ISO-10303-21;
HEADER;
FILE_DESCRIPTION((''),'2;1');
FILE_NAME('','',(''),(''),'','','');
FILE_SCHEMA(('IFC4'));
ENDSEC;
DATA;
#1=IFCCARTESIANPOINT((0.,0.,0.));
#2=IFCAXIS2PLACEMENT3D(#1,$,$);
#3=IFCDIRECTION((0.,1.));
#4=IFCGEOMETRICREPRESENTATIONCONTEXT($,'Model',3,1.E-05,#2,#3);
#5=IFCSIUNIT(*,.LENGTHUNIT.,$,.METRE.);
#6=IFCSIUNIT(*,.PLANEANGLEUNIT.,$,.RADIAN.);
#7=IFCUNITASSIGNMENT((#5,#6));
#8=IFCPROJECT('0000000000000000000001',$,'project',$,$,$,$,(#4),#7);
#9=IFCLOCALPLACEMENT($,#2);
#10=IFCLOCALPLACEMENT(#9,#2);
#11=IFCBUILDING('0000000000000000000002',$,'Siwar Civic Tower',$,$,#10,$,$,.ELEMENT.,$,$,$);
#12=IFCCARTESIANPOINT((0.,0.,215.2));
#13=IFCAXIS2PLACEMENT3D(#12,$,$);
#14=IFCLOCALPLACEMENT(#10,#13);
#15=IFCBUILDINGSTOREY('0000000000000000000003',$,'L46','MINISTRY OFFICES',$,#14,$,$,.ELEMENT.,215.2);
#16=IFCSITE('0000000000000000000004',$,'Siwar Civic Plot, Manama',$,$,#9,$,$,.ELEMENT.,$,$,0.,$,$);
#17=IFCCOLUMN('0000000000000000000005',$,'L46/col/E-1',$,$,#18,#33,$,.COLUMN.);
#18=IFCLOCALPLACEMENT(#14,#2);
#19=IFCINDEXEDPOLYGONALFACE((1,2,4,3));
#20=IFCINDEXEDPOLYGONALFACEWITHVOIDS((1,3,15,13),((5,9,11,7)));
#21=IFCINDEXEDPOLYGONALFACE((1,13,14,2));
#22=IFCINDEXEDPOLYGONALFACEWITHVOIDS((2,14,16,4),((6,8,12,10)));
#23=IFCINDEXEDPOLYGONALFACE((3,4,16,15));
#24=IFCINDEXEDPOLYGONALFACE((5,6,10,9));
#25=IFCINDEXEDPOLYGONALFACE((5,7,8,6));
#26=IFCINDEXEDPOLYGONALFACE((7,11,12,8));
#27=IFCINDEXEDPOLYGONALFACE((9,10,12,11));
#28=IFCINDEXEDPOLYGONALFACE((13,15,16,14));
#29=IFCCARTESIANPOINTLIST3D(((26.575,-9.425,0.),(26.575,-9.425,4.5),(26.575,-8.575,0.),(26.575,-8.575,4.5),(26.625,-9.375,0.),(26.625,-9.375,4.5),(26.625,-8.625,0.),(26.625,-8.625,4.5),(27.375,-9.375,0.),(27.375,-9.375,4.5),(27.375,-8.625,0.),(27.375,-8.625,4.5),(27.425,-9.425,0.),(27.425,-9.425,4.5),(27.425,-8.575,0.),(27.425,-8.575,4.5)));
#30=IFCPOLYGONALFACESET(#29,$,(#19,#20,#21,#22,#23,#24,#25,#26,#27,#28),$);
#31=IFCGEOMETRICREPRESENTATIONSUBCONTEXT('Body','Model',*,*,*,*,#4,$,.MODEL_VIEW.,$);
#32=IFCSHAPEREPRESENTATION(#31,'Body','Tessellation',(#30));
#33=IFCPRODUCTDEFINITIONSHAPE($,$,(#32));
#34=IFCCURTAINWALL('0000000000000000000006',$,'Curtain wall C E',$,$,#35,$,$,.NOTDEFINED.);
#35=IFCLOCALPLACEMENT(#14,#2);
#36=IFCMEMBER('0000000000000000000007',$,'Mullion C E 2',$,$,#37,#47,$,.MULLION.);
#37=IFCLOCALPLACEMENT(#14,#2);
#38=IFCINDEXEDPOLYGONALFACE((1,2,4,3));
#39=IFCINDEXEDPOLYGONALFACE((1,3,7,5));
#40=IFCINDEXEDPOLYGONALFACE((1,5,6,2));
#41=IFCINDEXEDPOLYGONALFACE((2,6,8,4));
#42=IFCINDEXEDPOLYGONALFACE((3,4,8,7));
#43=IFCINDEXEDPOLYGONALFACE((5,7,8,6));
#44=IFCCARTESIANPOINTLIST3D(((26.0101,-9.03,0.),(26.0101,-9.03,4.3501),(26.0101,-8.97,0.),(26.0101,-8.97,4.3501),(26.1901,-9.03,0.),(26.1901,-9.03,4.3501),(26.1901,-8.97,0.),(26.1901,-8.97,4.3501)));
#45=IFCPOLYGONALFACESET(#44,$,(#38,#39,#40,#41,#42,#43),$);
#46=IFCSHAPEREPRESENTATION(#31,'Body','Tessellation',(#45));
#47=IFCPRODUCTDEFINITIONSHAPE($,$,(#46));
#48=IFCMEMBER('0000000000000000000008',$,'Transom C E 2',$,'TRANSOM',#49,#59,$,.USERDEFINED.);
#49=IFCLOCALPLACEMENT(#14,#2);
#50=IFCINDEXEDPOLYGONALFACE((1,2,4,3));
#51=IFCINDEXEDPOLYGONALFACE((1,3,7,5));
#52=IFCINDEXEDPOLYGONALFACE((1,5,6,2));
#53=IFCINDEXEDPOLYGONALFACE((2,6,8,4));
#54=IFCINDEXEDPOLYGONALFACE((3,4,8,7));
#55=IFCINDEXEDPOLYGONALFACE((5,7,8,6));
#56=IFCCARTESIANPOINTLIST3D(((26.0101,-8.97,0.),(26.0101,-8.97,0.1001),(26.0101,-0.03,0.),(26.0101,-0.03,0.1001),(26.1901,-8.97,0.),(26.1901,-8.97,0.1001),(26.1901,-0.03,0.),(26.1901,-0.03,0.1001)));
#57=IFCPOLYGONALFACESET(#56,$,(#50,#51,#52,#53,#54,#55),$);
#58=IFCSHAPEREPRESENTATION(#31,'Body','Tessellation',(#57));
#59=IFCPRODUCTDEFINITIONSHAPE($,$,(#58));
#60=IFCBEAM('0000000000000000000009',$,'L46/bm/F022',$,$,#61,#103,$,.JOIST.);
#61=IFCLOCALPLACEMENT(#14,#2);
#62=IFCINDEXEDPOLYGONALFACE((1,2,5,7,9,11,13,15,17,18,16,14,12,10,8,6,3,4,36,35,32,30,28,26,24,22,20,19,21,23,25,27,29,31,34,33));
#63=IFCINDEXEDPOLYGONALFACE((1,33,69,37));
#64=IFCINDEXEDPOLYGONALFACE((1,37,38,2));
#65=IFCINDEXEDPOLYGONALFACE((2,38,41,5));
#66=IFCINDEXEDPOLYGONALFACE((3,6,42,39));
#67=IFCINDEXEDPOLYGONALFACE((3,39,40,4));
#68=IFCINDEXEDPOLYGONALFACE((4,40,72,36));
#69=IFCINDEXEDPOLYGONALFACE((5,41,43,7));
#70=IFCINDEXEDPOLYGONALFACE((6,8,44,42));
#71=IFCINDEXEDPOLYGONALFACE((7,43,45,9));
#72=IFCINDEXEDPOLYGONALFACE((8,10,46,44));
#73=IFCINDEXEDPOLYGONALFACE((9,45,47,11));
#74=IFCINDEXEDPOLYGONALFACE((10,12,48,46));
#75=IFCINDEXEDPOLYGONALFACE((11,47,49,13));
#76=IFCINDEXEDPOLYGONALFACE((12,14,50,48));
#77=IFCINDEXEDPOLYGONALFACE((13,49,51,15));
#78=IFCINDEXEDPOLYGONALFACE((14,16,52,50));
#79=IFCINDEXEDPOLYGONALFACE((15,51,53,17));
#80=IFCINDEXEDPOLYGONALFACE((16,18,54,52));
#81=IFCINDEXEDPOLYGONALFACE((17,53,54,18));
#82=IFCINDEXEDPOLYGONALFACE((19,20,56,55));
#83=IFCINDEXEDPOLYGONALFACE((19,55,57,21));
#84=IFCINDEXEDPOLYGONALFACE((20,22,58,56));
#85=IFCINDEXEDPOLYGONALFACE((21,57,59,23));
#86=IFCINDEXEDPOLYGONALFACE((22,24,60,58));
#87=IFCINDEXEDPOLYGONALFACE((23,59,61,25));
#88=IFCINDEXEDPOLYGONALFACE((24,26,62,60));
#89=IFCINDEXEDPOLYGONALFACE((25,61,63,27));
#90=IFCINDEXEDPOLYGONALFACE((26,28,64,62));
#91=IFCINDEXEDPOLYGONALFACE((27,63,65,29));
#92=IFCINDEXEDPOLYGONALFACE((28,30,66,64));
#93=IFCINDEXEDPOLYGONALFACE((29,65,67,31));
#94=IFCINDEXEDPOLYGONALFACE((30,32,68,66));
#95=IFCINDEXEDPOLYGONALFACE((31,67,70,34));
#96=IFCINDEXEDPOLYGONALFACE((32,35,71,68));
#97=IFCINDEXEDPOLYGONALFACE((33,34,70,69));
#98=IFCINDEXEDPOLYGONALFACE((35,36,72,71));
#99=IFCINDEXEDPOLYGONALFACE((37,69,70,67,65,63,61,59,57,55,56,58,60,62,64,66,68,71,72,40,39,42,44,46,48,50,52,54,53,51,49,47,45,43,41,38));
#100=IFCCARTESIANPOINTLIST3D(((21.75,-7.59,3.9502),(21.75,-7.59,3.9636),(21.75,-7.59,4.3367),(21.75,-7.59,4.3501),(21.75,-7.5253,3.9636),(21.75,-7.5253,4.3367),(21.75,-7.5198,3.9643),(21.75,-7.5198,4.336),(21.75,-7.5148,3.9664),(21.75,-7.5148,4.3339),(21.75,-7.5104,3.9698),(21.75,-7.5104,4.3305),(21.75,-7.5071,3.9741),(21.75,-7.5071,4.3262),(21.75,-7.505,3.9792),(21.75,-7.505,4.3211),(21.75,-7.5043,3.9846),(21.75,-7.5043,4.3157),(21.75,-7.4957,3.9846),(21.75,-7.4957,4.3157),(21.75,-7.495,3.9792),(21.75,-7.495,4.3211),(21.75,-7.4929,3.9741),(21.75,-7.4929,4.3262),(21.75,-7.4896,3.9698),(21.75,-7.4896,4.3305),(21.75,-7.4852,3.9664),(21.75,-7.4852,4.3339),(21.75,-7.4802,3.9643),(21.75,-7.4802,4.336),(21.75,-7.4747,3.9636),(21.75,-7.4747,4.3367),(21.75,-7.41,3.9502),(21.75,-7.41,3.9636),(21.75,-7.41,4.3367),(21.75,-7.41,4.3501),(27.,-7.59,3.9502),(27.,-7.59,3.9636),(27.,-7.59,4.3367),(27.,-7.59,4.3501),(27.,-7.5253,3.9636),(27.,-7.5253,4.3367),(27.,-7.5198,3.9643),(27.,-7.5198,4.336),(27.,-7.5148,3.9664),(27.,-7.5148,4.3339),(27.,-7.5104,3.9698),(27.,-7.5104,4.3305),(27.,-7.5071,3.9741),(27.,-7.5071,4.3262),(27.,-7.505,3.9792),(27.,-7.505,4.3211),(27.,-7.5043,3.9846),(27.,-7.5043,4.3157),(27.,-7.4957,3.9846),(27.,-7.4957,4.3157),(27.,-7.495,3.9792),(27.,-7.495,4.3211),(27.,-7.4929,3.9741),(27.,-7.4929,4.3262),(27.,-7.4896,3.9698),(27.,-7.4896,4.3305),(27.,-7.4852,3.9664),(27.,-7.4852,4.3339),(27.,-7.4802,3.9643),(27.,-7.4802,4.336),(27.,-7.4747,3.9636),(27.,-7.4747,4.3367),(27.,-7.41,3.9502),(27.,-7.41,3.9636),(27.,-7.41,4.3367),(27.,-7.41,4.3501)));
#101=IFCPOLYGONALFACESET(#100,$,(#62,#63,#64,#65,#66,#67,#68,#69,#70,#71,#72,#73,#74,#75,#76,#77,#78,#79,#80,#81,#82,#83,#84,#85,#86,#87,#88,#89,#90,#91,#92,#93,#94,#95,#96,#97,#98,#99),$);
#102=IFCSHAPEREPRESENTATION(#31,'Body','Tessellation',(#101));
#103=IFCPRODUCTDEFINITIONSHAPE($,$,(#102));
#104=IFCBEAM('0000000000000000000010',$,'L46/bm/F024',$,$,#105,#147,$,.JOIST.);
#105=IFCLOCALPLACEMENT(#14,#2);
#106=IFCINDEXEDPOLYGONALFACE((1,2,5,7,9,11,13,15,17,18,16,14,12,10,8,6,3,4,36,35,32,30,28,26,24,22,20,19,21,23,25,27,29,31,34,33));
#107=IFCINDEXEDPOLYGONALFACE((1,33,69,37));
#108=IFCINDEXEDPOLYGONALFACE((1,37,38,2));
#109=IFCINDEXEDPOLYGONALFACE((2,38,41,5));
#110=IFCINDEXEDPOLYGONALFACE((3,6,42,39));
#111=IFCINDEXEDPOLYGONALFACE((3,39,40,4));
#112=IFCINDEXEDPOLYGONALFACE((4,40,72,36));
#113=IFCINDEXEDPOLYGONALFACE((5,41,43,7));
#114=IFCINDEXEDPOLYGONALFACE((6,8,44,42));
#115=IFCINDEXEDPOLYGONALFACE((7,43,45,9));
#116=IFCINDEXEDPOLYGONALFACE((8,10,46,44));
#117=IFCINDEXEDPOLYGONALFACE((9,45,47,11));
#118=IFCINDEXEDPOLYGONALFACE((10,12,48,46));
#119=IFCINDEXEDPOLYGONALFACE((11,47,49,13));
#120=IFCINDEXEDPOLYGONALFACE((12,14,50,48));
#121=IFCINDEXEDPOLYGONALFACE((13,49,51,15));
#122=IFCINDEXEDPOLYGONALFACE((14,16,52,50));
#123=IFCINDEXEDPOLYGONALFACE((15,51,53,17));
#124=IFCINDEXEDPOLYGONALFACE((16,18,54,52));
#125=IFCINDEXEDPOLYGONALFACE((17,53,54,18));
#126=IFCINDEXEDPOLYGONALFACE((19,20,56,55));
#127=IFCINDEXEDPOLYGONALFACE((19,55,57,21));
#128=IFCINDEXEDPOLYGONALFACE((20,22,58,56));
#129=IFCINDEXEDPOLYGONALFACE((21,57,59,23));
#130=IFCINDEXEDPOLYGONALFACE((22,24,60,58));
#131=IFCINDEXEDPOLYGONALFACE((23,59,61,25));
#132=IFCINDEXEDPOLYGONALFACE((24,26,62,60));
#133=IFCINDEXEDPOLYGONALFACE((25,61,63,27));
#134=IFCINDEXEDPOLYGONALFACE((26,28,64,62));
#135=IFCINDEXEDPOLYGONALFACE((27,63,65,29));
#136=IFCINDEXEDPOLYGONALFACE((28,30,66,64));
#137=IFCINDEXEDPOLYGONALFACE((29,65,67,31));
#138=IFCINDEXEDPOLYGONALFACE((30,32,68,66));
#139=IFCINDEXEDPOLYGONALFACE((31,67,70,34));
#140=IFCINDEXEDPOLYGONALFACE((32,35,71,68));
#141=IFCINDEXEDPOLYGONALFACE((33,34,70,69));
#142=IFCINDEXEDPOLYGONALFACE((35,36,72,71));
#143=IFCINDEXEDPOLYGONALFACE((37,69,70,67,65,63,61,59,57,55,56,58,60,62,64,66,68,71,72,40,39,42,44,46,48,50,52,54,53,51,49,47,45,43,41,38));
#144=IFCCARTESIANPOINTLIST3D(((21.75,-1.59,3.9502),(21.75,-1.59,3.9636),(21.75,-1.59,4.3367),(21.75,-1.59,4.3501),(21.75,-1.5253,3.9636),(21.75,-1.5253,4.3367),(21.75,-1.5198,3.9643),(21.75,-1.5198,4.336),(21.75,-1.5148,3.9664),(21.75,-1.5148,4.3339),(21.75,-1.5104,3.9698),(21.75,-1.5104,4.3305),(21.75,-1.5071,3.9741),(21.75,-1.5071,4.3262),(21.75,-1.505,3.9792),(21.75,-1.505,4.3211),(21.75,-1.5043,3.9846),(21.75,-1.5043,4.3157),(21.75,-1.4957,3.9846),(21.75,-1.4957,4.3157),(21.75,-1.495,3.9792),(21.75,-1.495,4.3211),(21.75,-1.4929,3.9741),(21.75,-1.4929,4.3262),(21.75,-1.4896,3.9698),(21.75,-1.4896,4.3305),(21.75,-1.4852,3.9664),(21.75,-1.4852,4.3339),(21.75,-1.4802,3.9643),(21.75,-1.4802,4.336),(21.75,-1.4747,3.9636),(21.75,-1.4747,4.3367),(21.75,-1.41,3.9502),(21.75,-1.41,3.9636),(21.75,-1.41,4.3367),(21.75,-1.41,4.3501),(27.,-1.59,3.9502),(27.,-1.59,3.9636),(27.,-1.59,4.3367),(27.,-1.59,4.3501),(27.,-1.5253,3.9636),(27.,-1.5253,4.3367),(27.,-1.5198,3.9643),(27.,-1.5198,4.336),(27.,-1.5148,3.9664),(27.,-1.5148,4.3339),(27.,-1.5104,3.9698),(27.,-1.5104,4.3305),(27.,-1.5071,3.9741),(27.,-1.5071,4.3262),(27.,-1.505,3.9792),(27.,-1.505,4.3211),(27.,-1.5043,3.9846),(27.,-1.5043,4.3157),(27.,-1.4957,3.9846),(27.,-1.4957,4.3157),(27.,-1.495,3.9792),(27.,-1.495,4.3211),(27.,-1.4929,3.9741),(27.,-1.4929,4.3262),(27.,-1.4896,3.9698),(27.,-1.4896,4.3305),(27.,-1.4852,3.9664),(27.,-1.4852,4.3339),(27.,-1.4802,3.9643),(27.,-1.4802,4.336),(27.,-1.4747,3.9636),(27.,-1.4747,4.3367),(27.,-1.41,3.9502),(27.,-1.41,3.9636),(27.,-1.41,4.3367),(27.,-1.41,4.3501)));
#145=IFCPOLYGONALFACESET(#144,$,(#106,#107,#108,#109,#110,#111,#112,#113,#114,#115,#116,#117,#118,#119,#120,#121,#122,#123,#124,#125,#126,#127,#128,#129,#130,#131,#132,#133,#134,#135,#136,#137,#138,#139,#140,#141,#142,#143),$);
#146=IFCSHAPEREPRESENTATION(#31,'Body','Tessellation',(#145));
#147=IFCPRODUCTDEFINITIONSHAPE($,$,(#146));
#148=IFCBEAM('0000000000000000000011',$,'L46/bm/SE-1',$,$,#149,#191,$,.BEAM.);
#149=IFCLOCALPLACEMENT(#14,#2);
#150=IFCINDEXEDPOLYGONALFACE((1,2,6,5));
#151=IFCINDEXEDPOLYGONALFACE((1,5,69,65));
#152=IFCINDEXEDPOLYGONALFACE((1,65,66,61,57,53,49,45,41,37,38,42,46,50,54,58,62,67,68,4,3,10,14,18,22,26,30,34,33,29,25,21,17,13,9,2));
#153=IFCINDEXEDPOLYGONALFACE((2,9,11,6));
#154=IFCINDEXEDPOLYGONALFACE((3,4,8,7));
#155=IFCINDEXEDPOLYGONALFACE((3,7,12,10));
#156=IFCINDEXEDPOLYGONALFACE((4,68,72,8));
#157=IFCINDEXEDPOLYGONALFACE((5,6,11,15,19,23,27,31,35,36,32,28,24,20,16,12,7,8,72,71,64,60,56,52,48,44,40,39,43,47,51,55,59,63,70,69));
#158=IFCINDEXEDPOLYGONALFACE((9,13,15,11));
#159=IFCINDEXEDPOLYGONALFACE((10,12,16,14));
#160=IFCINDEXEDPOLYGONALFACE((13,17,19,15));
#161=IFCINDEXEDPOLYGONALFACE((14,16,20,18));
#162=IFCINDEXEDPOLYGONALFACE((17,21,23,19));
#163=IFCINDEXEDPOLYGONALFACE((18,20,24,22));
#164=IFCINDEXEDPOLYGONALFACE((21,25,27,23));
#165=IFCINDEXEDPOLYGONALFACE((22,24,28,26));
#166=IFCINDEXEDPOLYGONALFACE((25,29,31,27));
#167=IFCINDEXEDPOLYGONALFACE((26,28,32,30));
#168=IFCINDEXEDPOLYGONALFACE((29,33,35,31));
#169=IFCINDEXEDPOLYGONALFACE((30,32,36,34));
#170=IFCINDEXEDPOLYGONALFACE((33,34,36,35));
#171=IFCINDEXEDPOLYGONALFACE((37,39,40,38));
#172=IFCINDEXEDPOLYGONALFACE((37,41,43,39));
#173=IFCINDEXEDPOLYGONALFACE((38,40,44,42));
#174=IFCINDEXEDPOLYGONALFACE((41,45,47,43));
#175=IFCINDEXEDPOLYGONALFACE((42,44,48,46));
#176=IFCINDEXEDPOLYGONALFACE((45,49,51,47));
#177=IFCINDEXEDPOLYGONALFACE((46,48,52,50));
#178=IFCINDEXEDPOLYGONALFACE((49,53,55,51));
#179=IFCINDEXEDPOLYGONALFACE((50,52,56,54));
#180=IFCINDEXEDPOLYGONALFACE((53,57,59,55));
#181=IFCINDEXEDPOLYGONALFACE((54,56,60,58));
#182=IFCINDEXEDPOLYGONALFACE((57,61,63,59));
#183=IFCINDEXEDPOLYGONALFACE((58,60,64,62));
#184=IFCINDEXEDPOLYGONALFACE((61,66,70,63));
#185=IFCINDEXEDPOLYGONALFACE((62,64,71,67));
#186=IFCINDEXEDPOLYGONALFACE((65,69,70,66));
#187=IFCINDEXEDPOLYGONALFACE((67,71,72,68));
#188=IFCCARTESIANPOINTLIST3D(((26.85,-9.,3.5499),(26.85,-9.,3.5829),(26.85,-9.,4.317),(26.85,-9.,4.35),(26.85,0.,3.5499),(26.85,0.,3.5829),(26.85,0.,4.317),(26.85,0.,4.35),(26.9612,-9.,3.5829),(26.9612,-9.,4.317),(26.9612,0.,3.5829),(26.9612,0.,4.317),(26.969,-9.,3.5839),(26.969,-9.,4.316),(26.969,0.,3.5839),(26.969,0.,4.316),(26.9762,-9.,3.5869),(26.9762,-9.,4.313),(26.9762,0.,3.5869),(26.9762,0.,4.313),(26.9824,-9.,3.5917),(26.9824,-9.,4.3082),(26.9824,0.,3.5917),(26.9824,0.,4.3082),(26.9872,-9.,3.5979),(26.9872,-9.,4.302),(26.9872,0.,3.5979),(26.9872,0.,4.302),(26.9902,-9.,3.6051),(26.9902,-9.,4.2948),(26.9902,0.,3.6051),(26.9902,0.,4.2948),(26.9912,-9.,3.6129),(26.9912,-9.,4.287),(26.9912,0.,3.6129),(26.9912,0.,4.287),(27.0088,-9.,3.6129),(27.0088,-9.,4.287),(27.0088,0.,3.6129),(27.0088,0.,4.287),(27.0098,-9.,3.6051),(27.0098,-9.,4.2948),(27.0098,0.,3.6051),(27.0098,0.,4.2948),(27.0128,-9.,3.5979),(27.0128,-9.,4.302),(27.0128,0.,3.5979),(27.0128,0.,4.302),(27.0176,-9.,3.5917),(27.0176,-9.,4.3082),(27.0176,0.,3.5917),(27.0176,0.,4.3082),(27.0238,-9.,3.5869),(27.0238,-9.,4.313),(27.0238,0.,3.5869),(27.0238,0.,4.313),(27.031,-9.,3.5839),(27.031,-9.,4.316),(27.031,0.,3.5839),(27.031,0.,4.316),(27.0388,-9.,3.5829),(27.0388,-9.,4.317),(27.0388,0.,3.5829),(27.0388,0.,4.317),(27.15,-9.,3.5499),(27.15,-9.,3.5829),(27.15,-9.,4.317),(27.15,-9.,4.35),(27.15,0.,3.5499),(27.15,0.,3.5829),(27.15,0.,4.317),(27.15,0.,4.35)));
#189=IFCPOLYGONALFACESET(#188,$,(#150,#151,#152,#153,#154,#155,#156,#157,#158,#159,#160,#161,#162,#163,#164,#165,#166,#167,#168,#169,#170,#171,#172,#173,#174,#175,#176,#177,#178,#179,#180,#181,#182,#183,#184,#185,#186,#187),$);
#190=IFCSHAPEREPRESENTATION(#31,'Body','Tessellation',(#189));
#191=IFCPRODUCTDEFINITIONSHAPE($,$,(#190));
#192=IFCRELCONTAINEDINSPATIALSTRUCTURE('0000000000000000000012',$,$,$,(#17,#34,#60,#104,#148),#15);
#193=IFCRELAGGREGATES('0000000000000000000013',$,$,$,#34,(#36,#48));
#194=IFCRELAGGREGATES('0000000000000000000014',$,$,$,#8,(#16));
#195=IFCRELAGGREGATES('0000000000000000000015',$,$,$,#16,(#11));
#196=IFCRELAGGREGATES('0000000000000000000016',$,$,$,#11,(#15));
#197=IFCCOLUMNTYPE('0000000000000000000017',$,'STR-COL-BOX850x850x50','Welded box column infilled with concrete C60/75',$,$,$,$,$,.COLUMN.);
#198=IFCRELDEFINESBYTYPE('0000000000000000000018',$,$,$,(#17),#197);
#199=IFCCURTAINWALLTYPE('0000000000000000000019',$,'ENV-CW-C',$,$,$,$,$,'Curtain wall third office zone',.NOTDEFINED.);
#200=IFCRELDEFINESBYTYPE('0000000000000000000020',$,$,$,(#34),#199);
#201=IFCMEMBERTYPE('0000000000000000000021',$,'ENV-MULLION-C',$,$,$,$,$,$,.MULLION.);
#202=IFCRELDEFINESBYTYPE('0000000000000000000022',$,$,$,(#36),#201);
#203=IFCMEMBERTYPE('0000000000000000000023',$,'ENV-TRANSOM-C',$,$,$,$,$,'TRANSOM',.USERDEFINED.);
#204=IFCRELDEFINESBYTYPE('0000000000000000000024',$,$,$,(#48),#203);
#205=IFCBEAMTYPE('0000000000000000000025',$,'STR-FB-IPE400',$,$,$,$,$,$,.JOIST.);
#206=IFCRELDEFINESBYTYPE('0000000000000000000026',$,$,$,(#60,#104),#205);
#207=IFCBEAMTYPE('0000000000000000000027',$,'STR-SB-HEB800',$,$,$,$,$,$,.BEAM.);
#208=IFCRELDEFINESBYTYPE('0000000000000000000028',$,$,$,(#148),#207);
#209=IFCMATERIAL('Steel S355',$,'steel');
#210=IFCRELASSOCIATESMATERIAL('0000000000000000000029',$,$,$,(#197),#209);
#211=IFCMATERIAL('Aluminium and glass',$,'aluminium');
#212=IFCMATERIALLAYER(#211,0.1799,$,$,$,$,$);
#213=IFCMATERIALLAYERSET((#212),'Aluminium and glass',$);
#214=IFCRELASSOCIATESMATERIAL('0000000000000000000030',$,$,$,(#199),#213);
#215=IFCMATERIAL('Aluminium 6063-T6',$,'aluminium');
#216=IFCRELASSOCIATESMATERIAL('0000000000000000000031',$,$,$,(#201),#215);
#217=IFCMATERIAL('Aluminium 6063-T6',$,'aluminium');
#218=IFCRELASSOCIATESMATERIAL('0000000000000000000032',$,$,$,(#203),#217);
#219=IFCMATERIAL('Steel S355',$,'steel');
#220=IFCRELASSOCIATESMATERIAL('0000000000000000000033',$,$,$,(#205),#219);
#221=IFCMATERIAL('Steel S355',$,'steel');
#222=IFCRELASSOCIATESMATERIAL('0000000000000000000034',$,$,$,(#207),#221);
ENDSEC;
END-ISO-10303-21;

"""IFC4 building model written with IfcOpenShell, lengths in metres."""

from ifc_helpers import new_model, si_unit, direction, frame, origin, origin_2d, place, context, subcontext, project, spatial, rectangle, hollow_rectangle, i_section, extrude, material, layer, layer_set, material_profile, profile_set, type_object, element, aggregate, save


model = new_model("IFC4")

# Units and contexts
model_context = context("Model", 3, precision=1e-05, world=origin(), true_north=direction((0.0, 1.0)))
body_context = subcontext(model_context, "Body", "Model", "MODEL_VIEW")
ifc_project = project(units=[si_unit("LENGTHUNIT", "METRE"), si_unit("PLANEANGLEUNIT", "RADIAN")], contexts=[model_context])

# Site, building, storey
site_placement = place(None, origin())
site = spatial("IfcSite", under=ifc_project, at=site_placement, Name="Siwar Civic Plot, Manama", CompositionType="ELEMENT", RefElevation=0.0)
building_placement = place(site_placement, origin())
building = spatial("IfcBuilding", under=site, at=building_placement, Name="Siwar Civic Tower", CompositionType="ELEMENT")
storey_placement = place(building_placement, frame((0.0, 0.0, 215.2)))
storey = spatial("IfcBuildingStorey", under=building, at=storey_placement, Name="L46", Description="MINISTRY OFFICES", CompositionType="ELEMENT", Elevation=215.2)

# Column
ifc_material_1 = material(Name="Steel S355", Category="steel")
ifc_material_profile_1 = material_profile(ifc_material_1, hollow_rectangle(XDim=0.8501, YDim=0.8501, WallThickness=0.05, at=origin_2d()), Name="BOX850x850x50")
ifc_profile_set_1 = profile_set([ifc_material_profile_1], Name="Steel S355")
column_type = type_object("IfcColumnType", Name="STR-COL-BOX850x850x50", Description="Welded box column infilled with concrete C60/75", PredefinedType="COLUMN", material=ifc_profile_set_1)
column_placement = place(storey_placement, frame((27.0, -9.0, 0.0), z_axis=(0.0, 0.0, 1.0), x_axis=(1.0, 0.0, 0.0)))
element("IfcColumn", 1, at=column_placement, inside=storey, type_object=column_type, Name="L46/col/E-1", PredefinedType="COLUMN", context=body_context, shape_type="SweptSolid", body=[
    extrude(hollow_rectangle(XDim=0.8501, YDim=0.8501, WallThickness=0.05, at=origin_2d()), origin(), (0.0, 0.0, 1.0), 4.5),
])

# Curtain wall, members
ifc_material_2 = material(Name="Aluminium and glass", Category="aluminium")
ifc_layer_1 = layer(ifc_material_2, 0.1799)
ifc_layer_set_1 = layer_set([ifc_layer_1], Name="Aluminium and glass")
curtain_wall_type = type_object("IfcCurtainWallType", Name="ENV-CW-C", ElementType="Curtain wall third office zone", PredefinedType="NOTDEFINED", material=ifc_layer_set_1)
curtain_wall_placement = place(storey_placement, origin())
curtain_wall = element("IfcCurtainWall", 2, at=curtain_wall_placement, inside=storey, type_object=curtain_wall_type, Name="Curtain wall C E", PredefinedType="NOTDEFINED")
ifc_material_3 = material(Name="Aluminium 6063-T6", Category="aluminium")
ifc_material_profile_2 = material_profile(ifc_material_3, rectangle(XDim=0.1799, YDim=0.0601, at=origin_2d()), Name="AL 180x60")
ifc_profile_set_2 = profile_set([ifc_material_profile_2], Name="Aluminium 6063-T6")
member_type_1 = type_object("IfcMemberType", Name="ENV-MULLION-C", PredefinedType="MULLION", material=ifc_profile_set_2)
member_1_placement = place(storey_placement, frame((26.1001, -9.0, 0.0), z_axis=(0.0, 0.0, 1.0), x_axis=(-1.0, 0.0, 0.0)))
member_1 = element("IfcMember", 3, at=member_1_placement, type_object=member_type_1, Name="Mullion C E 2", PredefinedType="MULLION", context=body_context, shape_type="SweptSolid", body=[
    extrude(rectangle(XDim=0.1799, YDim=0.0601, at=origin_2d()), origin(), (0.0, 0.0, 1.0), 4.3501),
])
ifc_material_4 = material(Name="Aluminium 6063-T6", Category="aluminium")
ifc_material_profile_3 = material_profile(ifc_material_4, rectangle(XDim=0.1799, YDim=0.1001, at=origin_2d()), Name="AL 180x100")
ifc_profile_set_3 = profile_set([ifc_material_profile_3], Name="Aluminium 6063-T6")
member_type_2 = type_object("IfcMemberType", Name="ENV-TRANSOM-C", ElementType="TRANSOM", PredefinedType="USERDEFINED", material=ifc_profile_set_3)
member_2_placement = place(storey_placement, frame((26.1001, -8.97, 0.05), z_axis=(0.0, 1.0, 0.0), x_axis=(-1.0, 0.0, 0.0)))
member_2 = element("IfcMember", 4, at=member_2_placement, type_object=member_type_2, Name="Transom C E 2", ObjectType="TRANSOM", PredefinedType="USERDEFINED", context=body_context, shape_type="SweptSolid", body=[
    extrude(rectangle(XDim=0.1799, YDim=0.1001, at=origin_2d()), origin(), (0.0, 0.0, 1.0), 8.9399),
])

# Beams
ifc_material_5 = material(Name="Steel S355", Category="steel")
ifc_material_profile_4 = material_profile(ifc_material_5, i_section(OverallWidth=0.1799, OverallDepth=0.3999, WebThickness=0.0085, FlangeThickness=0.0134, FilletRadius=0.021, at=origin_2d()), Name="IPE400")
ifc_profile_set_4 = profile_set([ifc_material_profile_4], Name="Steel S355")
beam_type_1 = type_object("IfcBeamType", Name="STR-FB-IPE400", PredefinedType="JOIST", material=ifc_profile_set_4)
for number, where, z_axis, x_axis, name in (
    (5, (21.75, -7.5, 4.1501), (1.0, 0.0, 0.0), (0.0, 1.0, 0.0), "L46/bm/F022"),
    (6, (21.75, -1.5, 4.1501), (1.0, 0.0, 0.0), (0.0, 1.0, 0.0), "L46/bm/F024"),
):
    element("IfcBeam", number, at=place(storey_placement, frame(where, z_axis=z_axis, x_axis=x_axis)), inside=storey, type_object=beam_type_1, Name=name, PredefinedType="JOIST", context=body_context, shape_type="SweptSolid", body=[
        extrude(i_section(OverallWidth=0.1799, OverallDepth=0.3999, WebThickness=0.0085, FlangeThickness=0.0134, FilletRadius=0.021, at=origin_2d()), origin(), (0.0, 0.0, 1.0), 5.25),
    ])
ifc_material_6 = material(Name="Steel S355", Category="steel")
ifc_material_profile_5 = material_profile(ifc_material_6, i_section(OverallWidth=0.3, OverallDepth=0.8, WebThickness=0.0176, FlangeThickness=0.033, FilletRadius=0.03, at=origin_2d()), Name="HEB800")
ifc_profile_set_5 = profile_set([ifc_material_profile_5], Name="Steel S355")
beam_type_2 = type_object("IfcBeamType", Name="STR-SB-HEB800", PredefinedType="BEAM", material=ifc_profile_set_5)
beam_placement = place(storey_placement, frame((27.0, -9.0, 3.95), z_axis=(0.0, 1.0, 0.0), x_axis=(-1.0, 0.0, 0.0)))
element("IfcBeam", 7, at=beam_placement, inside=storey, type_object=beam_type_2, Name="L46/bm/SE-1", PredefinedType="BEAM", context=body_context, shape_type="SweptSolid", body=[
    extrude(i_section(OverallWidth=0.3, OverallDepth=0.8, WebThickness=0.0176, FlangeThickness=0.033, FilletRadius=0.03, at=origin_2d()), origin(), (0.0, 0.0, 1.0), 9.0),
])

aggregate(curtain_wall, [member_1, member_2])

save(model, "model.ifc")
